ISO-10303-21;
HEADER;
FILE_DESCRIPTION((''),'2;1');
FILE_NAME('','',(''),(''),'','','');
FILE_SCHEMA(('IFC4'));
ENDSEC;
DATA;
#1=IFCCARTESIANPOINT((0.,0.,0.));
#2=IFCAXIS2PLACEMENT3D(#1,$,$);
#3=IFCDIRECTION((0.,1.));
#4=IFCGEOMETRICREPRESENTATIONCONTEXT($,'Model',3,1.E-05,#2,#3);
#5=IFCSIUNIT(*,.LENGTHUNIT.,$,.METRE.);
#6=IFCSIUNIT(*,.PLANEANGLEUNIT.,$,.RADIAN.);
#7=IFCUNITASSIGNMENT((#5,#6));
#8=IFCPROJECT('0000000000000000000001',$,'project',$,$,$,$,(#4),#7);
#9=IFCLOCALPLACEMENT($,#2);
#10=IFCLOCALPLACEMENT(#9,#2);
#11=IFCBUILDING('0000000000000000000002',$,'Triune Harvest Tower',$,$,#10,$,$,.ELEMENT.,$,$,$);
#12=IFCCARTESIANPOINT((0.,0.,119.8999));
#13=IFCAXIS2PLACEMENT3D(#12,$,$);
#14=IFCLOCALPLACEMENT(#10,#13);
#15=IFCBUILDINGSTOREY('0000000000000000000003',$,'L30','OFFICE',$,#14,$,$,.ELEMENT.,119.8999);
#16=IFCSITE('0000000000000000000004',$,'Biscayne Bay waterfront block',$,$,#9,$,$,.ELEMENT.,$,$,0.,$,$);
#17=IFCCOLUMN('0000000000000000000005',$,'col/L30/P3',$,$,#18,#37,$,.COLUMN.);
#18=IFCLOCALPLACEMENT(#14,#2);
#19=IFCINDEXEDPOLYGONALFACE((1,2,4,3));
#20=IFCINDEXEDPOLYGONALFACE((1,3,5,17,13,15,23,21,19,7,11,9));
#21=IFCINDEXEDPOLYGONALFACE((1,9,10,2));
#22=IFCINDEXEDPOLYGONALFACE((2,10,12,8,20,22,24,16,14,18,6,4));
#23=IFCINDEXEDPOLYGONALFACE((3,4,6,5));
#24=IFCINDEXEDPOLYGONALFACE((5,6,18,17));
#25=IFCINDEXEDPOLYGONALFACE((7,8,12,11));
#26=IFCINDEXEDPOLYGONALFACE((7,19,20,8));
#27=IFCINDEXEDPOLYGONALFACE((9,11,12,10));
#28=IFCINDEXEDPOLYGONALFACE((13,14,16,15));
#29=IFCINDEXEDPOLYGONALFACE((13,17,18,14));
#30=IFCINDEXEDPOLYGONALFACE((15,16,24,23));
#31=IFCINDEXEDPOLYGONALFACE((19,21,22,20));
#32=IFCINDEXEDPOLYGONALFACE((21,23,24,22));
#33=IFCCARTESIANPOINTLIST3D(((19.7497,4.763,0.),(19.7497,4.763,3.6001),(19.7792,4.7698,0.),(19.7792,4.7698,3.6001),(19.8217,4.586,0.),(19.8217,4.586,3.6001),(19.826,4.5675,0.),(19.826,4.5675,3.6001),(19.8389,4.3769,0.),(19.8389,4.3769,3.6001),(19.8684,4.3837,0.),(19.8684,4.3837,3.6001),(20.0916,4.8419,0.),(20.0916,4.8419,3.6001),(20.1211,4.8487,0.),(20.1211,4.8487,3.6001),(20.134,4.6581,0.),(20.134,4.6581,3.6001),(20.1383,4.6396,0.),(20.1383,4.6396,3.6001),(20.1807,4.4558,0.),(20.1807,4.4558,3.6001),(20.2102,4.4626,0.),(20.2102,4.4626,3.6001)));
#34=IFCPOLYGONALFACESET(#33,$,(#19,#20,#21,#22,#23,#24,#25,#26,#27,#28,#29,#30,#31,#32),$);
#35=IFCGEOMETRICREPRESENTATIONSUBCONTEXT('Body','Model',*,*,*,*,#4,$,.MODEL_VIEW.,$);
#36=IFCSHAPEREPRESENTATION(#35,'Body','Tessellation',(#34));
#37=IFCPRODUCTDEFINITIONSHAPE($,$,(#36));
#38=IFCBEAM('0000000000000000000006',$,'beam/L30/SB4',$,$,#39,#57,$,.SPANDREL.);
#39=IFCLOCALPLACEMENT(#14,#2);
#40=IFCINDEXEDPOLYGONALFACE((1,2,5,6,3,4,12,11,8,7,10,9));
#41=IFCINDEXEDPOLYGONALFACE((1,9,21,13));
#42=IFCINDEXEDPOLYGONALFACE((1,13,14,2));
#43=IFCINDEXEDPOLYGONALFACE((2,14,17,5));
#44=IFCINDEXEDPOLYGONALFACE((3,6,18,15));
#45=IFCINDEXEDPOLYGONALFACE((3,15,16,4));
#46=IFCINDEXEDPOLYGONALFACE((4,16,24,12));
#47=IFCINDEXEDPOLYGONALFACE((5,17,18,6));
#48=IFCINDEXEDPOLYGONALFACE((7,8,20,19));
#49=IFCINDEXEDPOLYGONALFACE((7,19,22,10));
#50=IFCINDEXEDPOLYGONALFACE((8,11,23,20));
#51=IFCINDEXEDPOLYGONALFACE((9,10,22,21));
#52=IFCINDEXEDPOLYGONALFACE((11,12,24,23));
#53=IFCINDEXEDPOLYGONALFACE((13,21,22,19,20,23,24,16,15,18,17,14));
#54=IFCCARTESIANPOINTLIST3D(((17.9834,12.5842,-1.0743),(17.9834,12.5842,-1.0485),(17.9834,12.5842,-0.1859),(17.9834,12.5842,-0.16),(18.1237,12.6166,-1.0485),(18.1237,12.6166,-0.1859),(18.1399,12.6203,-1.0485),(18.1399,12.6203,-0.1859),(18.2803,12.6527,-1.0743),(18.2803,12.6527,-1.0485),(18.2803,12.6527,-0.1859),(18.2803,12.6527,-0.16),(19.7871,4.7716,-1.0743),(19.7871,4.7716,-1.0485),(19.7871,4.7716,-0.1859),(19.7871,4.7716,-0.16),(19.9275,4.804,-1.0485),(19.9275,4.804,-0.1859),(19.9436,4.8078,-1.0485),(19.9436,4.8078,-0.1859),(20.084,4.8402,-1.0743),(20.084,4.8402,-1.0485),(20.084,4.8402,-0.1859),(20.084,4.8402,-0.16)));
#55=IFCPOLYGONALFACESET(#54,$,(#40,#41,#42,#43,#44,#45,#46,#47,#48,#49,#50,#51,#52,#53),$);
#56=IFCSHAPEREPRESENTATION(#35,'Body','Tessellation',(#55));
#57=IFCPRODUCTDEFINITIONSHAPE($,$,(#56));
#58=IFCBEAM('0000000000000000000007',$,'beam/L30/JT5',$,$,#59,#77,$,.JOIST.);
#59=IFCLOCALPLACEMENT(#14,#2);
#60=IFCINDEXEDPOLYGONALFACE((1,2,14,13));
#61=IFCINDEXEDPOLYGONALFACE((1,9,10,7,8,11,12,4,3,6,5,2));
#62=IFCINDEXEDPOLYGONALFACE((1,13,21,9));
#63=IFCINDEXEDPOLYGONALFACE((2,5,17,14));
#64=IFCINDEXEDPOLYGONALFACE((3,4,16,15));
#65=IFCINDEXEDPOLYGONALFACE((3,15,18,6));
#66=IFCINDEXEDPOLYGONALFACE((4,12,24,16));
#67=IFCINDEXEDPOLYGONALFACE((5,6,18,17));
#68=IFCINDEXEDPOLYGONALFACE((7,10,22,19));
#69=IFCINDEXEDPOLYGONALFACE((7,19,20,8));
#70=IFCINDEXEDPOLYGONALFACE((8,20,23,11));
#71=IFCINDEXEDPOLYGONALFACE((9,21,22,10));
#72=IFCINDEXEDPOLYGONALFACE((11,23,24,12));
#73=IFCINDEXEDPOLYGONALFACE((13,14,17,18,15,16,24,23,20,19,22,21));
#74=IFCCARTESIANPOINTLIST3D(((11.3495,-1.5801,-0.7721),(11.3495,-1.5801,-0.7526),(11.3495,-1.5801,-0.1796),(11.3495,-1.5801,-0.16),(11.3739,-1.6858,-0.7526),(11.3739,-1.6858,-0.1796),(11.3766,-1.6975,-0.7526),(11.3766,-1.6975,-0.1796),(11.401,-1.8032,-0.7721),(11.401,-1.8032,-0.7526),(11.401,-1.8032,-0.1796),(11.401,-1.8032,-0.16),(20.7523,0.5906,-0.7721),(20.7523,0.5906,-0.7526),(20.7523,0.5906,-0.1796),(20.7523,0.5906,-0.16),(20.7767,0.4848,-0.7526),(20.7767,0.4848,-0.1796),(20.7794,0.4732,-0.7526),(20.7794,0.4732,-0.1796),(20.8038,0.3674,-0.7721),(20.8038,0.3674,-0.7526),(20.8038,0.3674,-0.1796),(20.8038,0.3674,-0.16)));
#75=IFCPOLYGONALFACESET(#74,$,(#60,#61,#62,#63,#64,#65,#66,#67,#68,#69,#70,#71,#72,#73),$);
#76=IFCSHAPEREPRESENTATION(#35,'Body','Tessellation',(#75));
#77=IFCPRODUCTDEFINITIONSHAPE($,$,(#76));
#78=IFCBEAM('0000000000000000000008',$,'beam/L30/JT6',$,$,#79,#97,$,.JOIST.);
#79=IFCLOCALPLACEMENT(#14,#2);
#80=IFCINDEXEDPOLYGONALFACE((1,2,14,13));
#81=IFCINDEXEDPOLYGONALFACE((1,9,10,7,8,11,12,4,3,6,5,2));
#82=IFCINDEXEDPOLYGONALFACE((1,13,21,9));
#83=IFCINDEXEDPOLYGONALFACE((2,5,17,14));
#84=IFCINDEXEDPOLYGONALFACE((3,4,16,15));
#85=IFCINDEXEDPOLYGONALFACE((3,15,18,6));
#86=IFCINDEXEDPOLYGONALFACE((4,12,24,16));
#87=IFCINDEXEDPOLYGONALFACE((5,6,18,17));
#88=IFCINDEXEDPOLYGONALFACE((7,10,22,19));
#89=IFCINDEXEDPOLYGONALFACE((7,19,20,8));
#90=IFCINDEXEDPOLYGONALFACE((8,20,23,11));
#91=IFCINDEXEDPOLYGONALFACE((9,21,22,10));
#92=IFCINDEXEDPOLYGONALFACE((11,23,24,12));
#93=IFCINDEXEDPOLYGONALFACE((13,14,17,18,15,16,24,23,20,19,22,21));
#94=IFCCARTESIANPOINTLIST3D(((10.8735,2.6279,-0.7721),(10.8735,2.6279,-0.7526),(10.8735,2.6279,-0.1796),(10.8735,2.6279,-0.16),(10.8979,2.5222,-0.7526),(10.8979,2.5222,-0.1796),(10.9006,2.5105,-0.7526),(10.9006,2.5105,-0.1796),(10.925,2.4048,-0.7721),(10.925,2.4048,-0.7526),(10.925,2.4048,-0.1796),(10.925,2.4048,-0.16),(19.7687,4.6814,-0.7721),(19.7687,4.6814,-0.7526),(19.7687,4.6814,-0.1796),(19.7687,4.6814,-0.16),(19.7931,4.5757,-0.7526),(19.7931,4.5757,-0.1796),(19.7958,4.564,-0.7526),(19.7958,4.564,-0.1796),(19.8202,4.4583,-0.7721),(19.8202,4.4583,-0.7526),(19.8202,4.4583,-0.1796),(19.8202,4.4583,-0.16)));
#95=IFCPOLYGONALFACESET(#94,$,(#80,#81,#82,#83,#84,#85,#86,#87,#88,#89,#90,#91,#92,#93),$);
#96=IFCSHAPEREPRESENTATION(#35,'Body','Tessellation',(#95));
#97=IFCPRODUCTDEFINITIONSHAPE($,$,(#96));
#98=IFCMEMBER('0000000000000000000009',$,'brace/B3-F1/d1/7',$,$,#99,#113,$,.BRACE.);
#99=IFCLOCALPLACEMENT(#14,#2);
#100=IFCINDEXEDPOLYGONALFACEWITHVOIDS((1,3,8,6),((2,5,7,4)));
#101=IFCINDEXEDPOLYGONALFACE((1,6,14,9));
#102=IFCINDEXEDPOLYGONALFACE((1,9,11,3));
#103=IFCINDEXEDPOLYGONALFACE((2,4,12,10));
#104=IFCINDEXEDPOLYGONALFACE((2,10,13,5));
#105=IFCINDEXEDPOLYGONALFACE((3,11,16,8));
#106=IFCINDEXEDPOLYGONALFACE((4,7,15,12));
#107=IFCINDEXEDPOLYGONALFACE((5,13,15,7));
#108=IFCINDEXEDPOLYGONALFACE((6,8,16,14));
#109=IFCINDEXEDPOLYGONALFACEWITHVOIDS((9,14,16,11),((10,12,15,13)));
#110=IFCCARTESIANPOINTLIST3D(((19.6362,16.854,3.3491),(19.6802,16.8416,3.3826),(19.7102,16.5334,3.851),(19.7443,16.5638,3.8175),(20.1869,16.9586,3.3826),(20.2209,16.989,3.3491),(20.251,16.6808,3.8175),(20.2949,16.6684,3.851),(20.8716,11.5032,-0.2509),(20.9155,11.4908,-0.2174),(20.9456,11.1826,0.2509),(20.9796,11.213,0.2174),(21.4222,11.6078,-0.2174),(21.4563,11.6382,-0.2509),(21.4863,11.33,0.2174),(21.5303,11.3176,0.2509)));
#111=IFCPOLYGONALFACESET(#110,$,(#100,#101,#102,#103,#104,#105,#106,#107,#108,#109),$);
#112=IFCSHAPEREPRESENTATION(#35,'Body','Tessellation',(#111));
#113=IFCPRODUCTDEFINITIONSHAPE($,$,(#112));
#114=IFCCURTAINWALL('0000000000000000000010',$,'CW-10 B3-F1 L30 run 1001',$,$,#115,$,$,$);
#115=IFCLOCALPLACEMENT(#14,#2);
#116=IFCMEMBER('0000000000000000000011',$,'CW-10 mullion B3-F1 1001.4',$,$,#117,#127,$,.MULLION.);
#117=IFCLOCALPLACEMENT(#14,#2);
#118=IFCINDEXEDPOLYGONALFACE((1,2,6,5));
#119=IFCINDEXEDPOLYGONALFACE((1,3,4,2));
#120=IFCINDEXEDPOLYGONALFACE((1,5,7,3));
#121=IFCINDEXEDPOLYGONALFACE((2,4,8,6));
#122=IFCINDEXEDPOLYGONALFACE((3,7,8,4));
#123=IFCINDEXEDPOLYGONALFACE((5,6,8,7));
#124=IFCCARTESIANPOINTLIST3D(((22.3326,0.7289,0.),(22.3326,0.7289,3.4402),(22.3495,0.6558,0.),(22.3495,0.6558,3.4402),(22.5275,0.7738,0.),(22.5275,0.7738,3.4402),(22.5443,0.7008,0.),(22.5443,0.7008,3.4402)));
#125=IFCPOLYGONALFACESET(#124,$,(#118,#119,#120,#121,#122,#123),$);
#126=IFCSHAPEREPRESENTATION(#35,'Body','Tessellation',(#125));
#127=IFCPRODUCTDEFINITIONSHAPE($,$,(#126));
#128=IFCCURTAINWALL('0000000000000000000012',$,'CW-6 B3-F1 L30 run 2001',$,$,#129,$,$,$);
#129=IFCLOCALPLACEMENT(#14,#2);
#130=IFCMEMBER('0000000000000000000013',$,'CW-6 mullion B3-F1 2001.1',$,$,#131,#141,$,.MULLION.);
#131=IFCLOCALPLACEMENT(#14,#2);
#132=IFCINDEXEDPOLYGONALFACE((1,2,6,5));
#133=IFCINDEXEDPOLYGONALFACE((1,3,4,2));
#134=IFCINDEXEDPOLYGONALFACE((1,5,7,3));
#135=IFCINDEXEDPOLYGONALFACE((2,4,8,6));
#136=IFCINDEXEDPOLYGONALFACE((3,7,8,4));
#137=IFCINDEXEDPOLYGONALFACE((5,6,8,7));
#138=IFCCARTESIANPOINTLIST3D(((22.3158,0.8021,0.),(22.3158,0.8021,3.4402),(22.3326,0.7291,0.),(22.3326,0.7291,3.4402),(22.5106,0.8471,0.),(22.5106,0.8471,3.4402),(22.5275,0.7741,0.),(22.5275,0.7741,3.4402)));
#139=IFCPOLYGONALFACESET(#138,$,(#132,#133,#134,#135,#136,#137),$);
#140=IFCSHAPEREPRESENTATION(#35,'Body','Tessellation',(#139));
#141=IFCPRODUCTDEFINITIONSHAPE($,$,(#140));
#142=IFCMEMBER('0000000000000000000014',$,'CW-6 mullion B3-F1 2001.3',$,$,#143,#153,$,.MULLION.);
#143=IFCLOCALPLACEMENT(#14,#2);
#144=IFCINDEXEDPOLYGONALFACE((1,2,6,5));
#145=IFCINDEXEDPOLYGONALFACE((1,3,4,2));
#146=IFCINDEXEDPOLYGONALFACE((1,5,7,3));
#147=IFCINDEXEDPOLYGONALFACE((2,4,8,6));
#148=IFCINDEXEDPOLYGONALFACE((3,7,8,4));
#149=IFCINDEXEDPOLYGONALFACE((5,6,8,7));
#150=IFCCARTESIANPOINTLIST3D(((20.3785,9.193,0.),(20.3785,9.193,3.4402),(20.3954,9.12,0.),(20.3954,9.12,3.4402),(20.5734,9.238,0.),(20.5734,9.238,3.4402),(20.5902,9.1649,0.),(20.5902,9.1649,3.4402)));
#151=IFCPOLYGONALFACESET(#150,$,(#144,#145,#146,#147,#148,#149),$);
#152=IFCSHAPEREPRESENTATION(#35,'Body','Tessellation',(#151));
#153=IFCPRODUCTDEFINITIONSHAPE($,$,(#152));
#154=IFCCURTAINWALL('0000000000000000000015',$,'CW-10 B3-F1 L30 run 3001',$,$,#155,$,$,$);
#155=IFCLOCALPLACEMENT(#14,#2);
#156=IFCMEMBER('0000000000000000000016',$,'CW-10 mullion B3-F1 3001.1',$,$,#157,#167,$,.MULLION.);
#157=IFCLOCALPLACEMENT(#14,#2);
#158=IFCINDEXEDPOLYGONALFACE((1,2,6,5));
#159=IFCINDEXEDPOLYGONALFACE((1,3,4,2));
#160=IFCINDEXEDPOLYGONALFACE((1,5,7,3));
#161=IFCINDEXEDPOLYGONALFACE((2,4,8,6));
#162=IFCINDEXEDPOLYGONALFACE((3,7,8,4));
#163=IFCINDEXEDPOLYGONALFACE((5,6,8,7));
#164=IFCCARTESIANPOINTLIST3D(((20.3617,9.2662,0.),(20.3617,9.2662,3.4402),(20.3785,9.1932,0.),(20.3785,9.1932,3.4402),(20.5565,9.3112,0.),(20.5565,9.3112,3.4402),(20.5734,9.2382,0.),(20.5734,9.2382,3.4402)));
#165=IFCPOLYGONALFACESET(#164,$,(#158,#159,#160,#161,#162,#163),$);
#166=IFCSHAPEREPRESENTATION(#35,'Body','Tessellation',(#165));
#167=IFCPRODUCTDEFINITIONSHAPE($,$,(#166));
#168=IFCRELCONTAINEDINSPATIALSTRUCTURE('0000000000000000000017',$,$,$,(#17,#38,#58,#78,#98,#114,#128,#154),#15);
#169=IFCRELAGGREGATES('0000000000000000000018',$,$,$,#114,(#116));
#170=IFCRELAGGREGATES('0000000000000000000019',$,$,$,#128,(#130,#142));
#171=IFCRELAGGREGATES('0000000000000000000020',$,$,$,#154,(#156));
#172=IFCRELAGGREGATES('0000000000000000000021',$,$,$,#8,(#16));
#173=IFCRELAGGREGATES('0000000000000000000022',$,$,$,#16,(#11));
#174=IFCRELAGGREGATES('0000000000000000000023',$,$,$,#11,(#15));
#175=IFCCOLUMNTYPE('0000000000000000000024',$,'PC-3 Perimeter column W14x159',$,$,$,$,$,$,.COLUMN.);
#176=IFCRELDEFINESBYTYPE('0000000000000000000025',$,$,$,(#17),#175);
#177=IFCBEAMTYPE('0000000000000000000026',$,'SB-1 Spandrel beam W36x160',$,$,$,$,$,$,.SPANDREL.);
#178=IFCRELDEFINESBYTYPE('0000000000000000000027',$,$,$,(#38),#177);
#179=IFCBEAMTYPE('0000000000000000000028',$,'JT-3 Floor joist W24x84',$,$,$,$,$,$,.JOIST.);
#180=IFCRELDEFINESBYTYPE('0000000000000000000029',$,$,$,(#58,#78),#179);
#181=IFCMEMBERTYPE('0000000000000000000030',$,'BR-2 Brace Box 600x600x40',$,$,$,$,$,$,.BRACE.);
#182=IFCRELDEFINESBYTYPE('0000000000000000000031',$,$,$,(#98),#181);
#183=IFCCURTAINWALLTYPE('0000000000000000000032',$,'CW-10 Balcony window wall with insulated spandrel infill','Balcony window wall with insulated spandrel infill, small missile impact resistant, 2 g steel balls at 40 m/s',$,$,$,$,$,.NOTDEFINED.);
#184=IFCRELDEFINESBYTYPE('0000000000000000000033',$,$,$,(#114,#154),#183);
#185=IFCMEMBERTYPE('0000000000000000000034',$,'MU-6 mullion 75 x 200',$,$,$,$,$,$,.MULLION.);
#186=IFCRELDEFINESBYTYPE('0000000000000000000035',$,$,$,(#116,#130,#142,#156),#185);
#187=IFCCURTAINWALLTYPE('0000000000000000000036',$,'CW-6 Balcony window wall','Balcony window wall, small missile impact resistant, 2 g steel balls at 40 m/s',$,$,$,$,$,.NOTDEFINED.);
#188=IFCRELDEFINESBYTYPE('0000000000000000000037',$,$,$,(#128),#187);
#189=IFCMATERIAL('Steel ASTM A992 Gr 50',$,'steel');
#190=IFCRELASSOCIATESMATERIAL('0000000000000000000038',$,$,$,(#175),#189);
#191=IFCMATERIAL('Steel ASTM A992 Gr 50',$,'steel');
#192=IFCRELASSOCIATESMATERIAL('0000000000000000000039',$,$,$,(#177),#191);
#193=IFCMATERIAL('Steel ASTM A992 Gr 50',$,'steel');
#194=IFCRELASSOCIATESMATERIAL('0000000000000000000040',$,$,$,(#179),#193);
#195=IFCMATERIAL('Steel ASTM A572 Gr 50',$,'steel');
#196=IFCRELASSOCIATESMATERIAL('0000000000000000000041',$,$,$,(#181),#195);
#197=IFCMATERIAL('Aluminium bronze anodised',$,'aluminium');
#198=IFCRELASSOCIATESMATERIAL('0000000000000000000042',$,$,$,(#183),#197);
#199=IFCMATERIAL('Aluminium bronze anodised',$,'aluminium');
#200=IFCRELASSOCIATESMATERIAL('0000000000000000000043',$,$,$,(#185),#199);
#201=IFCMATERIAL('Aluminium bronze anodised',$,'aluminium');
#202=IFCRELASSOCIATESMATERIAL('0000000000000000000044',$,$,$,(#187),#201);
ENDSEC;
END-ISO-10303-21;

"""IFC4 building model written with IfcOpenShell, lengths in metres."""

from ifc_helpers import new_model, si_unit, direction, frame, origin, origin_2d, place, context, subcontext, project, spatial, rectangle, hollow_rectangle, i_section, extrude, source, transform, mapped, material, material_profile, profile_set, type_object, element, aggregate, save


model = new_model("IFC4")

# Units and contexts
model_context = context("Model", 3, precision=1e-05, world=origin(), true_north=direction((0.0, 1.0)))
body_context = subcontext(model_context, "Body", "Model", "MODEL_VIEW")
ifc_project = project(units=[si_unit("LENGTHUNIT", "METRE"), si_unit("PLANEANGLEUNIT", "RADIAN")], contexts=[model_context])

# Site, building, storey
site_placement = place(None, origin())
site = spatial("IfcSite", under=ifc_project, at=site_placement, Name="Biscayne Bay waterfront block", CompositionType="ELEMENT", RefElevation=0.0)
building_placement = place(site_placement, origin())
building = spatial("IfcBuilding", under=site, at=building_placement, Name="Triune Harvest Tower", CompositionType="ELEMENT")
storey_placement = place(building_placement, frame((0.0, 0.0, 119.8999)))
storey = spatial("IfcBuildingStorey", under=building, at=storey_placement, Name="L30", Description="OFFICE", CompositionType="ELEMENT", Elevation=119.8999)

# Column
ifc_material_1 = material(Name="Steel ASTM A992 Gr 50", Category="steel")
ifc_material_profile_1 = material_profile(ifc_material_1, i_section(OverallWidth=0.3962, OverallDepth=0.3811, WebThickness=0.019, FlangeThickness=0.0303, at=origin_2d()), Name="W14x159")
ifc_profile_set_1 = profile_set([ifc_material_profile_1], Name="Steel ASTM A992 Gr 50")
column_type = type_object("IfcColumnType", Name="PC-3 Perimeter column W14x159", PredefinedType="COLUMN", material=ifc_profile_set_1)
shared_shape_1 = source(origin(), body_context, "Body", "SweptSolid", [
    extrude(i_section(OverallWidth=0.3962, OverallDepth=0.3811, WebThickness=0.019, FlangeThickness=0.0303, at=origin_2d()), origin(), (0.0, 0.0, 1.0), 3.6001),
])
column_placement = place(storey_placement, frame((19.98, 4.6128, 0.0), z_axis=(0.0, 0.0, 1.0), x_axis=(-0.224953, 0.97437, 0.0)))
element("IfcColumn", 1, at=column_placement, inside=storey, type_object=column_type, Name="col/L30/P3", PredefinedType="COLUMN", context=body_context, shape_type="MappedRepresentation", body=[
    mapped(shared_shape_1, transform((0.0, 0.0, 0.0), scale=1.0)),
])

# Beams
ifc_material_2 = material(Name="Steel ASTM A992 Gr 50", Category="steel")
ifc_material_profile_2 = material_profile(ifc_material_2, i_section(OverallWidth=0.3047, OverallDepth=0.9143, WebThickness=0.0166, FlangeThickness=0.0259, at=origin_2d()), Name="W36x160")
ifc_profile_set_2 = profile_set([ifc_material_profile_2], Name="Steel ASTM A992 Gr 50")
beam_type_1 = type_object("IfcBeamType", Name="SB-1 Spandrel beam W36x160", PredefinedType="SPANDREL", material=ifc_profile_set_2)
shared_shape_2 = source(origin(), body_context, "Body", "SweptSolid", [
    extrude(i_section(OverallWidth=0.3047, OverallDepth=0.9143, WebThickness=0.0166, FlangeThickness=0.0259, at=origin_2d()), origin(), (0.0, 0.0, 1.0), 8.0181),
])
beam_1_placement = place(storey_placement, frame((19.9355, 4.8059, -0.6172), z_axis=(-0.224957, 0.974369, 0.0), x_axis=(-0.974369, -0.224957, 0.0)))
element("IfcBeam", 2, at=beam_1_placement, inside=storey, type_object=beam_type_1, Name="beam/L30/SB4", PredefinedType="SPANDREL", context=body_context, shape_type="MappedRepresentation", body=[
    mapped(shared_shape_2, transform((0.0, 0.0, 0.0), scale=1.0)),
])
ifc_material_3 = material(Name="Steel ASTM A992 Gr 50", Category="steel")
ifc_material_profile_3 = material_profile(ifc_material_3, i_section(OverallWidth=0.229, OverallDepth=0.6121, WebThickness=0.012, FlangeThickness=0.0195, at=origin_2d()), Name="W24x84")
ifc_profile_set_3 = profile_set([ifc_material_profile_3], Name="Steel ASTM A992 Gr 50")
beam_type_2 = type_object("IfcBeamType", Name="JT-3 Floor joist W24x84", PredefinedType="JOIST", material=ifc_profile_set_3)
shared_shape_3 = source(origin(), body_context, "Body", "SweptSolid", [
    extrude(i_section(OverallWidth=0.229, OverallDepth=0.6121, WebThickness=0.012, FlangeThickness=0.0195, at=origin_2d()), origin(), (0.0, 0.0, 1.0), 9.6501),
])
beam_2_placement = place(storey_placement, frame((20.7781, 0.479, -0.4661), z_axis=(-0.974374, -0.224935, 0.0), x_axis=(0.224935, -0.974374, 0.0)))
element("IfcBeam", 3, at=beam_2_placement, inside=storey, type_object=beam_type_2, Name="beam/L30/JT5", PredefinedType="JOIST", context=body_context, shape_type="MappedRepresentation", body=[
    mapped(shared_shape_3, transform((0.0, 0.0, 0.0), scale=1.0)),
])
shared_shape_4 = source(origin(), body_context, "Body", "SweptSolid", [
    extrude(i_section(OverallWidth=0.229, OverallDepth=0.6121, WebThickness=0.012, FlangeThickness=0.0195, at=origin_2d()), origin(), (0.0, 0.0, 1.0), 9.1292),
])
beam_3_placement = place(storey_placement, frame((19.7944, 4.5698, -0.4661), z_axis=(-0.974374, -0.224934, 0.0), x_axis=(0.224934, -0.974374, 0.0)))
element("IfcBeam", 4, at=beam_3_placement, inside=storey, type_object=beam_type_2, Name="beam/L30/JT6", PredefinedType="JOIST", context=body_context, shape_type="MappedRepresentation", body=[
    mapped(shared_shape_4, transform((0.0, 0.0, 0.0), scale=1.0)),
])

# Member
ifc_material_4 = material(Name="Steel ASTM A572 Gr 50", Category="steel")
ifc_material_profile_4 = material_profile(ifc_material_4, hollow_rectangle(XDim=0.6001, YDim=0.6001, WallThickness=0.04, at=origin_2d()), Name="Box 600x600x40")
ifc_profile_set_4 = profile_set([ifc_material_profile_4], Name="Steel ASTM A572 Gr 50")
member_type_1 = type_object("IfcMemberType", Name="BR-2 Brace Box 600x600x40", PredefinedType="BRACE", material=ifc_profile_set_4)
shared_shape_5 = source(origin(), body_context, "Body", "SweptSolid", [
    extrude(hollow_rectangle(XDim=0.6001, YDim=0.6001, WallThickness=0.04, at=origin_2d()), origin(), (0.0, 0.0, 1.0), 6.5664),
])
member_1_placement = place(storey_placement, frame((21.2009, 11.4104, 0.0), z_axis=(-0.188131, 0.814875, 0.548257), x_axis=(-0.974369, -0.224954, 0.0)))
element("IfcMember", 5, at=member_1_placement, inside=storey, type_object=member_type_1, Name="brace/B3-F1/d1/7", PredefinedType="BRACE", context=body_context, shape_type="MappedRepresentation", body=[
    mapped(shared_shape_5, transform((0.0, 0.0, 0.0), scale=1.0)),
])

# Curtain wall, member
ifc_material_5 = material(Name="Aluminium bronze anodised", Category="aluminium")
curtain_wall_type_1 = type_object("IfcCurtainWallType", Name="CW-10 Balcony window wall with insulated spandrel infill", Description="Balcony window wall with insulated spandrel infill, small missile impact resistant, 2 g steel balls at 40 m/s", PredefinedType="NOTDEFINED", material=ifc_material_5)
curtain_wall_1_placement = place(storey_placement, origin())
curtain_wall_1 = element("IfcCurtainWall", 6, at=curtain_wall_1_placement, inside=storey, type_object=curtain_wall_type_1, Name="CW-10 B3-F1 L30 run 1001")
ifc_material_6 = material(Name="Aluminium bronze anodised", Category="aluminium")
ifc_material_profile_5 = material_profile(ifc_material_6, rectangle(XDim=0.2, YDim=0.075, at=origin_2d()), Name="MU-6 mullion 75 x 200")
ifc_profile_set_5 = profile_set([ifc_material_profile_5], Name="Aluminium bronze anodised")
member_type_2 = type_object("IfcMemberType", Name="MU-6 mullion 75 x 200", PredefinedType="MULLION", material=ifc_profile_set_5)
shared_shape_6 = source(origin(), body_context, "Body", "SweptSolid", [
    extrude(rectangle(XDim=0.2, YDim=0.075, at=origin_2d()), origin(), (0.0, 0.0, 1.0), 3.4402),
])
member_2_placement = place(storey_placement, frame((22.4385, 0.7148, 0.0), z_axis=(0.0, 0.0, 1.0), x_axis=(-0.974368, -0.224958, 0.0)))
member_2 = element("IfcMember", 7, at=member_2_placement, type_object=member_type_2, Name="CW-10 mullion B3-F1 1001.4", PredefinedType="MULLION", context=body_context, shape_type="MappedRepresentation", body=[
    mapped(shared_shape_6, transform((0.0, 0.0, 0.0), scale=1.0)),
])
aggregate(curtain_wall_1, [member_2])

# Curtain wall, members
ifc_material_7 = material(Name="Aluminium bronze anodised", Category="aluminium")
curtain_wall_type_2 = type_object("IfcCurtainWallType", Name="CW-6 Balcony window wall", Description="Balcony window wall, small missile impact resistant, 2 g steel balls at 40 m/s", PredefinedType="NOTDEFINED", material=ifc_material_7)
curtain_wall_2_placement = place(storey_placement, origin())
curtain_wall_2 = element("IfcCurtainWall", 8, at=curtain_wall_2_placement, inside=storey, type_object=curtain_wall_type_2, Name="CW-6 B3-F1 L30 run 2001")
member_3_placement = place(storey_placement, frame((22.4216, 0.7881, 0.0), z_axis=(0.0, 0.0, 1.0), x_axis=(-0.974372, -0.224941, 0.0)))
member_3 = element("IfcMember", 9, at=member_3_placement, type_object=member_type_2, Name="CW-6 mullion B3-F1 2001.1", PredefinedType="MULLION", context=body_context, shape_type="MappedRepresentation", body=[
    mapped(shared_shape_6, transform((0.0, 0.0, 0.0), scale=1.0)),
])
member_4_placement = place(storey_placement, frame((20.4844, 9.179, 0.0), z_axis=(0.0, 0.0, 1.0), x_axis=(-0.974372, -0.224941, 0.0)))
member_4 = element("IfcMember", 10, at=member_4_placement, type_object=member_type_2, Name="CW-6 mullion B3-F1 2001.3", PredefinedType="MULLION", context=body_context, shape_type="MappedRepresentation", body=[
    mapped(shared_shape_6, transform((0.0, 0.0, 0.0), scale=1.0)),
])

# Curtain wall, member
curtain_wall_3_placement = place(storey_placement, origin())
curtain_wall_3 = element("IfcCurtainWall", 11, at=curtain_wall_3_placement, inside=storey, type_object=curtain_wall_type_1, Name="CW-10 B3-F1 L30 run 3001")
member_5_placement = place(storey_placement, frame((20.4675, 9.2522, 0.0), z_axis=(0.0, 0.0, 1.0), x_axis=(-0.974369, -0.224955, 0.0)))
member_5 = element("IfcMember", 12, at=member_5_placement, type_object=member_type_2, Name="CW-10 mullion B3-F1 3001.1", PredefinedType="MULLION", context=body_context, shape_type="MappedRepresentation", body=[
    mapped(shared_shape_6, transform((0.0, 0.0, 0.0), scale=1.0)),
])

aggregate(curtain_wall_2, [member_3, member_4])
aggregate(curtain_wall_3, [member_5])

save(model, "model.ifc")
